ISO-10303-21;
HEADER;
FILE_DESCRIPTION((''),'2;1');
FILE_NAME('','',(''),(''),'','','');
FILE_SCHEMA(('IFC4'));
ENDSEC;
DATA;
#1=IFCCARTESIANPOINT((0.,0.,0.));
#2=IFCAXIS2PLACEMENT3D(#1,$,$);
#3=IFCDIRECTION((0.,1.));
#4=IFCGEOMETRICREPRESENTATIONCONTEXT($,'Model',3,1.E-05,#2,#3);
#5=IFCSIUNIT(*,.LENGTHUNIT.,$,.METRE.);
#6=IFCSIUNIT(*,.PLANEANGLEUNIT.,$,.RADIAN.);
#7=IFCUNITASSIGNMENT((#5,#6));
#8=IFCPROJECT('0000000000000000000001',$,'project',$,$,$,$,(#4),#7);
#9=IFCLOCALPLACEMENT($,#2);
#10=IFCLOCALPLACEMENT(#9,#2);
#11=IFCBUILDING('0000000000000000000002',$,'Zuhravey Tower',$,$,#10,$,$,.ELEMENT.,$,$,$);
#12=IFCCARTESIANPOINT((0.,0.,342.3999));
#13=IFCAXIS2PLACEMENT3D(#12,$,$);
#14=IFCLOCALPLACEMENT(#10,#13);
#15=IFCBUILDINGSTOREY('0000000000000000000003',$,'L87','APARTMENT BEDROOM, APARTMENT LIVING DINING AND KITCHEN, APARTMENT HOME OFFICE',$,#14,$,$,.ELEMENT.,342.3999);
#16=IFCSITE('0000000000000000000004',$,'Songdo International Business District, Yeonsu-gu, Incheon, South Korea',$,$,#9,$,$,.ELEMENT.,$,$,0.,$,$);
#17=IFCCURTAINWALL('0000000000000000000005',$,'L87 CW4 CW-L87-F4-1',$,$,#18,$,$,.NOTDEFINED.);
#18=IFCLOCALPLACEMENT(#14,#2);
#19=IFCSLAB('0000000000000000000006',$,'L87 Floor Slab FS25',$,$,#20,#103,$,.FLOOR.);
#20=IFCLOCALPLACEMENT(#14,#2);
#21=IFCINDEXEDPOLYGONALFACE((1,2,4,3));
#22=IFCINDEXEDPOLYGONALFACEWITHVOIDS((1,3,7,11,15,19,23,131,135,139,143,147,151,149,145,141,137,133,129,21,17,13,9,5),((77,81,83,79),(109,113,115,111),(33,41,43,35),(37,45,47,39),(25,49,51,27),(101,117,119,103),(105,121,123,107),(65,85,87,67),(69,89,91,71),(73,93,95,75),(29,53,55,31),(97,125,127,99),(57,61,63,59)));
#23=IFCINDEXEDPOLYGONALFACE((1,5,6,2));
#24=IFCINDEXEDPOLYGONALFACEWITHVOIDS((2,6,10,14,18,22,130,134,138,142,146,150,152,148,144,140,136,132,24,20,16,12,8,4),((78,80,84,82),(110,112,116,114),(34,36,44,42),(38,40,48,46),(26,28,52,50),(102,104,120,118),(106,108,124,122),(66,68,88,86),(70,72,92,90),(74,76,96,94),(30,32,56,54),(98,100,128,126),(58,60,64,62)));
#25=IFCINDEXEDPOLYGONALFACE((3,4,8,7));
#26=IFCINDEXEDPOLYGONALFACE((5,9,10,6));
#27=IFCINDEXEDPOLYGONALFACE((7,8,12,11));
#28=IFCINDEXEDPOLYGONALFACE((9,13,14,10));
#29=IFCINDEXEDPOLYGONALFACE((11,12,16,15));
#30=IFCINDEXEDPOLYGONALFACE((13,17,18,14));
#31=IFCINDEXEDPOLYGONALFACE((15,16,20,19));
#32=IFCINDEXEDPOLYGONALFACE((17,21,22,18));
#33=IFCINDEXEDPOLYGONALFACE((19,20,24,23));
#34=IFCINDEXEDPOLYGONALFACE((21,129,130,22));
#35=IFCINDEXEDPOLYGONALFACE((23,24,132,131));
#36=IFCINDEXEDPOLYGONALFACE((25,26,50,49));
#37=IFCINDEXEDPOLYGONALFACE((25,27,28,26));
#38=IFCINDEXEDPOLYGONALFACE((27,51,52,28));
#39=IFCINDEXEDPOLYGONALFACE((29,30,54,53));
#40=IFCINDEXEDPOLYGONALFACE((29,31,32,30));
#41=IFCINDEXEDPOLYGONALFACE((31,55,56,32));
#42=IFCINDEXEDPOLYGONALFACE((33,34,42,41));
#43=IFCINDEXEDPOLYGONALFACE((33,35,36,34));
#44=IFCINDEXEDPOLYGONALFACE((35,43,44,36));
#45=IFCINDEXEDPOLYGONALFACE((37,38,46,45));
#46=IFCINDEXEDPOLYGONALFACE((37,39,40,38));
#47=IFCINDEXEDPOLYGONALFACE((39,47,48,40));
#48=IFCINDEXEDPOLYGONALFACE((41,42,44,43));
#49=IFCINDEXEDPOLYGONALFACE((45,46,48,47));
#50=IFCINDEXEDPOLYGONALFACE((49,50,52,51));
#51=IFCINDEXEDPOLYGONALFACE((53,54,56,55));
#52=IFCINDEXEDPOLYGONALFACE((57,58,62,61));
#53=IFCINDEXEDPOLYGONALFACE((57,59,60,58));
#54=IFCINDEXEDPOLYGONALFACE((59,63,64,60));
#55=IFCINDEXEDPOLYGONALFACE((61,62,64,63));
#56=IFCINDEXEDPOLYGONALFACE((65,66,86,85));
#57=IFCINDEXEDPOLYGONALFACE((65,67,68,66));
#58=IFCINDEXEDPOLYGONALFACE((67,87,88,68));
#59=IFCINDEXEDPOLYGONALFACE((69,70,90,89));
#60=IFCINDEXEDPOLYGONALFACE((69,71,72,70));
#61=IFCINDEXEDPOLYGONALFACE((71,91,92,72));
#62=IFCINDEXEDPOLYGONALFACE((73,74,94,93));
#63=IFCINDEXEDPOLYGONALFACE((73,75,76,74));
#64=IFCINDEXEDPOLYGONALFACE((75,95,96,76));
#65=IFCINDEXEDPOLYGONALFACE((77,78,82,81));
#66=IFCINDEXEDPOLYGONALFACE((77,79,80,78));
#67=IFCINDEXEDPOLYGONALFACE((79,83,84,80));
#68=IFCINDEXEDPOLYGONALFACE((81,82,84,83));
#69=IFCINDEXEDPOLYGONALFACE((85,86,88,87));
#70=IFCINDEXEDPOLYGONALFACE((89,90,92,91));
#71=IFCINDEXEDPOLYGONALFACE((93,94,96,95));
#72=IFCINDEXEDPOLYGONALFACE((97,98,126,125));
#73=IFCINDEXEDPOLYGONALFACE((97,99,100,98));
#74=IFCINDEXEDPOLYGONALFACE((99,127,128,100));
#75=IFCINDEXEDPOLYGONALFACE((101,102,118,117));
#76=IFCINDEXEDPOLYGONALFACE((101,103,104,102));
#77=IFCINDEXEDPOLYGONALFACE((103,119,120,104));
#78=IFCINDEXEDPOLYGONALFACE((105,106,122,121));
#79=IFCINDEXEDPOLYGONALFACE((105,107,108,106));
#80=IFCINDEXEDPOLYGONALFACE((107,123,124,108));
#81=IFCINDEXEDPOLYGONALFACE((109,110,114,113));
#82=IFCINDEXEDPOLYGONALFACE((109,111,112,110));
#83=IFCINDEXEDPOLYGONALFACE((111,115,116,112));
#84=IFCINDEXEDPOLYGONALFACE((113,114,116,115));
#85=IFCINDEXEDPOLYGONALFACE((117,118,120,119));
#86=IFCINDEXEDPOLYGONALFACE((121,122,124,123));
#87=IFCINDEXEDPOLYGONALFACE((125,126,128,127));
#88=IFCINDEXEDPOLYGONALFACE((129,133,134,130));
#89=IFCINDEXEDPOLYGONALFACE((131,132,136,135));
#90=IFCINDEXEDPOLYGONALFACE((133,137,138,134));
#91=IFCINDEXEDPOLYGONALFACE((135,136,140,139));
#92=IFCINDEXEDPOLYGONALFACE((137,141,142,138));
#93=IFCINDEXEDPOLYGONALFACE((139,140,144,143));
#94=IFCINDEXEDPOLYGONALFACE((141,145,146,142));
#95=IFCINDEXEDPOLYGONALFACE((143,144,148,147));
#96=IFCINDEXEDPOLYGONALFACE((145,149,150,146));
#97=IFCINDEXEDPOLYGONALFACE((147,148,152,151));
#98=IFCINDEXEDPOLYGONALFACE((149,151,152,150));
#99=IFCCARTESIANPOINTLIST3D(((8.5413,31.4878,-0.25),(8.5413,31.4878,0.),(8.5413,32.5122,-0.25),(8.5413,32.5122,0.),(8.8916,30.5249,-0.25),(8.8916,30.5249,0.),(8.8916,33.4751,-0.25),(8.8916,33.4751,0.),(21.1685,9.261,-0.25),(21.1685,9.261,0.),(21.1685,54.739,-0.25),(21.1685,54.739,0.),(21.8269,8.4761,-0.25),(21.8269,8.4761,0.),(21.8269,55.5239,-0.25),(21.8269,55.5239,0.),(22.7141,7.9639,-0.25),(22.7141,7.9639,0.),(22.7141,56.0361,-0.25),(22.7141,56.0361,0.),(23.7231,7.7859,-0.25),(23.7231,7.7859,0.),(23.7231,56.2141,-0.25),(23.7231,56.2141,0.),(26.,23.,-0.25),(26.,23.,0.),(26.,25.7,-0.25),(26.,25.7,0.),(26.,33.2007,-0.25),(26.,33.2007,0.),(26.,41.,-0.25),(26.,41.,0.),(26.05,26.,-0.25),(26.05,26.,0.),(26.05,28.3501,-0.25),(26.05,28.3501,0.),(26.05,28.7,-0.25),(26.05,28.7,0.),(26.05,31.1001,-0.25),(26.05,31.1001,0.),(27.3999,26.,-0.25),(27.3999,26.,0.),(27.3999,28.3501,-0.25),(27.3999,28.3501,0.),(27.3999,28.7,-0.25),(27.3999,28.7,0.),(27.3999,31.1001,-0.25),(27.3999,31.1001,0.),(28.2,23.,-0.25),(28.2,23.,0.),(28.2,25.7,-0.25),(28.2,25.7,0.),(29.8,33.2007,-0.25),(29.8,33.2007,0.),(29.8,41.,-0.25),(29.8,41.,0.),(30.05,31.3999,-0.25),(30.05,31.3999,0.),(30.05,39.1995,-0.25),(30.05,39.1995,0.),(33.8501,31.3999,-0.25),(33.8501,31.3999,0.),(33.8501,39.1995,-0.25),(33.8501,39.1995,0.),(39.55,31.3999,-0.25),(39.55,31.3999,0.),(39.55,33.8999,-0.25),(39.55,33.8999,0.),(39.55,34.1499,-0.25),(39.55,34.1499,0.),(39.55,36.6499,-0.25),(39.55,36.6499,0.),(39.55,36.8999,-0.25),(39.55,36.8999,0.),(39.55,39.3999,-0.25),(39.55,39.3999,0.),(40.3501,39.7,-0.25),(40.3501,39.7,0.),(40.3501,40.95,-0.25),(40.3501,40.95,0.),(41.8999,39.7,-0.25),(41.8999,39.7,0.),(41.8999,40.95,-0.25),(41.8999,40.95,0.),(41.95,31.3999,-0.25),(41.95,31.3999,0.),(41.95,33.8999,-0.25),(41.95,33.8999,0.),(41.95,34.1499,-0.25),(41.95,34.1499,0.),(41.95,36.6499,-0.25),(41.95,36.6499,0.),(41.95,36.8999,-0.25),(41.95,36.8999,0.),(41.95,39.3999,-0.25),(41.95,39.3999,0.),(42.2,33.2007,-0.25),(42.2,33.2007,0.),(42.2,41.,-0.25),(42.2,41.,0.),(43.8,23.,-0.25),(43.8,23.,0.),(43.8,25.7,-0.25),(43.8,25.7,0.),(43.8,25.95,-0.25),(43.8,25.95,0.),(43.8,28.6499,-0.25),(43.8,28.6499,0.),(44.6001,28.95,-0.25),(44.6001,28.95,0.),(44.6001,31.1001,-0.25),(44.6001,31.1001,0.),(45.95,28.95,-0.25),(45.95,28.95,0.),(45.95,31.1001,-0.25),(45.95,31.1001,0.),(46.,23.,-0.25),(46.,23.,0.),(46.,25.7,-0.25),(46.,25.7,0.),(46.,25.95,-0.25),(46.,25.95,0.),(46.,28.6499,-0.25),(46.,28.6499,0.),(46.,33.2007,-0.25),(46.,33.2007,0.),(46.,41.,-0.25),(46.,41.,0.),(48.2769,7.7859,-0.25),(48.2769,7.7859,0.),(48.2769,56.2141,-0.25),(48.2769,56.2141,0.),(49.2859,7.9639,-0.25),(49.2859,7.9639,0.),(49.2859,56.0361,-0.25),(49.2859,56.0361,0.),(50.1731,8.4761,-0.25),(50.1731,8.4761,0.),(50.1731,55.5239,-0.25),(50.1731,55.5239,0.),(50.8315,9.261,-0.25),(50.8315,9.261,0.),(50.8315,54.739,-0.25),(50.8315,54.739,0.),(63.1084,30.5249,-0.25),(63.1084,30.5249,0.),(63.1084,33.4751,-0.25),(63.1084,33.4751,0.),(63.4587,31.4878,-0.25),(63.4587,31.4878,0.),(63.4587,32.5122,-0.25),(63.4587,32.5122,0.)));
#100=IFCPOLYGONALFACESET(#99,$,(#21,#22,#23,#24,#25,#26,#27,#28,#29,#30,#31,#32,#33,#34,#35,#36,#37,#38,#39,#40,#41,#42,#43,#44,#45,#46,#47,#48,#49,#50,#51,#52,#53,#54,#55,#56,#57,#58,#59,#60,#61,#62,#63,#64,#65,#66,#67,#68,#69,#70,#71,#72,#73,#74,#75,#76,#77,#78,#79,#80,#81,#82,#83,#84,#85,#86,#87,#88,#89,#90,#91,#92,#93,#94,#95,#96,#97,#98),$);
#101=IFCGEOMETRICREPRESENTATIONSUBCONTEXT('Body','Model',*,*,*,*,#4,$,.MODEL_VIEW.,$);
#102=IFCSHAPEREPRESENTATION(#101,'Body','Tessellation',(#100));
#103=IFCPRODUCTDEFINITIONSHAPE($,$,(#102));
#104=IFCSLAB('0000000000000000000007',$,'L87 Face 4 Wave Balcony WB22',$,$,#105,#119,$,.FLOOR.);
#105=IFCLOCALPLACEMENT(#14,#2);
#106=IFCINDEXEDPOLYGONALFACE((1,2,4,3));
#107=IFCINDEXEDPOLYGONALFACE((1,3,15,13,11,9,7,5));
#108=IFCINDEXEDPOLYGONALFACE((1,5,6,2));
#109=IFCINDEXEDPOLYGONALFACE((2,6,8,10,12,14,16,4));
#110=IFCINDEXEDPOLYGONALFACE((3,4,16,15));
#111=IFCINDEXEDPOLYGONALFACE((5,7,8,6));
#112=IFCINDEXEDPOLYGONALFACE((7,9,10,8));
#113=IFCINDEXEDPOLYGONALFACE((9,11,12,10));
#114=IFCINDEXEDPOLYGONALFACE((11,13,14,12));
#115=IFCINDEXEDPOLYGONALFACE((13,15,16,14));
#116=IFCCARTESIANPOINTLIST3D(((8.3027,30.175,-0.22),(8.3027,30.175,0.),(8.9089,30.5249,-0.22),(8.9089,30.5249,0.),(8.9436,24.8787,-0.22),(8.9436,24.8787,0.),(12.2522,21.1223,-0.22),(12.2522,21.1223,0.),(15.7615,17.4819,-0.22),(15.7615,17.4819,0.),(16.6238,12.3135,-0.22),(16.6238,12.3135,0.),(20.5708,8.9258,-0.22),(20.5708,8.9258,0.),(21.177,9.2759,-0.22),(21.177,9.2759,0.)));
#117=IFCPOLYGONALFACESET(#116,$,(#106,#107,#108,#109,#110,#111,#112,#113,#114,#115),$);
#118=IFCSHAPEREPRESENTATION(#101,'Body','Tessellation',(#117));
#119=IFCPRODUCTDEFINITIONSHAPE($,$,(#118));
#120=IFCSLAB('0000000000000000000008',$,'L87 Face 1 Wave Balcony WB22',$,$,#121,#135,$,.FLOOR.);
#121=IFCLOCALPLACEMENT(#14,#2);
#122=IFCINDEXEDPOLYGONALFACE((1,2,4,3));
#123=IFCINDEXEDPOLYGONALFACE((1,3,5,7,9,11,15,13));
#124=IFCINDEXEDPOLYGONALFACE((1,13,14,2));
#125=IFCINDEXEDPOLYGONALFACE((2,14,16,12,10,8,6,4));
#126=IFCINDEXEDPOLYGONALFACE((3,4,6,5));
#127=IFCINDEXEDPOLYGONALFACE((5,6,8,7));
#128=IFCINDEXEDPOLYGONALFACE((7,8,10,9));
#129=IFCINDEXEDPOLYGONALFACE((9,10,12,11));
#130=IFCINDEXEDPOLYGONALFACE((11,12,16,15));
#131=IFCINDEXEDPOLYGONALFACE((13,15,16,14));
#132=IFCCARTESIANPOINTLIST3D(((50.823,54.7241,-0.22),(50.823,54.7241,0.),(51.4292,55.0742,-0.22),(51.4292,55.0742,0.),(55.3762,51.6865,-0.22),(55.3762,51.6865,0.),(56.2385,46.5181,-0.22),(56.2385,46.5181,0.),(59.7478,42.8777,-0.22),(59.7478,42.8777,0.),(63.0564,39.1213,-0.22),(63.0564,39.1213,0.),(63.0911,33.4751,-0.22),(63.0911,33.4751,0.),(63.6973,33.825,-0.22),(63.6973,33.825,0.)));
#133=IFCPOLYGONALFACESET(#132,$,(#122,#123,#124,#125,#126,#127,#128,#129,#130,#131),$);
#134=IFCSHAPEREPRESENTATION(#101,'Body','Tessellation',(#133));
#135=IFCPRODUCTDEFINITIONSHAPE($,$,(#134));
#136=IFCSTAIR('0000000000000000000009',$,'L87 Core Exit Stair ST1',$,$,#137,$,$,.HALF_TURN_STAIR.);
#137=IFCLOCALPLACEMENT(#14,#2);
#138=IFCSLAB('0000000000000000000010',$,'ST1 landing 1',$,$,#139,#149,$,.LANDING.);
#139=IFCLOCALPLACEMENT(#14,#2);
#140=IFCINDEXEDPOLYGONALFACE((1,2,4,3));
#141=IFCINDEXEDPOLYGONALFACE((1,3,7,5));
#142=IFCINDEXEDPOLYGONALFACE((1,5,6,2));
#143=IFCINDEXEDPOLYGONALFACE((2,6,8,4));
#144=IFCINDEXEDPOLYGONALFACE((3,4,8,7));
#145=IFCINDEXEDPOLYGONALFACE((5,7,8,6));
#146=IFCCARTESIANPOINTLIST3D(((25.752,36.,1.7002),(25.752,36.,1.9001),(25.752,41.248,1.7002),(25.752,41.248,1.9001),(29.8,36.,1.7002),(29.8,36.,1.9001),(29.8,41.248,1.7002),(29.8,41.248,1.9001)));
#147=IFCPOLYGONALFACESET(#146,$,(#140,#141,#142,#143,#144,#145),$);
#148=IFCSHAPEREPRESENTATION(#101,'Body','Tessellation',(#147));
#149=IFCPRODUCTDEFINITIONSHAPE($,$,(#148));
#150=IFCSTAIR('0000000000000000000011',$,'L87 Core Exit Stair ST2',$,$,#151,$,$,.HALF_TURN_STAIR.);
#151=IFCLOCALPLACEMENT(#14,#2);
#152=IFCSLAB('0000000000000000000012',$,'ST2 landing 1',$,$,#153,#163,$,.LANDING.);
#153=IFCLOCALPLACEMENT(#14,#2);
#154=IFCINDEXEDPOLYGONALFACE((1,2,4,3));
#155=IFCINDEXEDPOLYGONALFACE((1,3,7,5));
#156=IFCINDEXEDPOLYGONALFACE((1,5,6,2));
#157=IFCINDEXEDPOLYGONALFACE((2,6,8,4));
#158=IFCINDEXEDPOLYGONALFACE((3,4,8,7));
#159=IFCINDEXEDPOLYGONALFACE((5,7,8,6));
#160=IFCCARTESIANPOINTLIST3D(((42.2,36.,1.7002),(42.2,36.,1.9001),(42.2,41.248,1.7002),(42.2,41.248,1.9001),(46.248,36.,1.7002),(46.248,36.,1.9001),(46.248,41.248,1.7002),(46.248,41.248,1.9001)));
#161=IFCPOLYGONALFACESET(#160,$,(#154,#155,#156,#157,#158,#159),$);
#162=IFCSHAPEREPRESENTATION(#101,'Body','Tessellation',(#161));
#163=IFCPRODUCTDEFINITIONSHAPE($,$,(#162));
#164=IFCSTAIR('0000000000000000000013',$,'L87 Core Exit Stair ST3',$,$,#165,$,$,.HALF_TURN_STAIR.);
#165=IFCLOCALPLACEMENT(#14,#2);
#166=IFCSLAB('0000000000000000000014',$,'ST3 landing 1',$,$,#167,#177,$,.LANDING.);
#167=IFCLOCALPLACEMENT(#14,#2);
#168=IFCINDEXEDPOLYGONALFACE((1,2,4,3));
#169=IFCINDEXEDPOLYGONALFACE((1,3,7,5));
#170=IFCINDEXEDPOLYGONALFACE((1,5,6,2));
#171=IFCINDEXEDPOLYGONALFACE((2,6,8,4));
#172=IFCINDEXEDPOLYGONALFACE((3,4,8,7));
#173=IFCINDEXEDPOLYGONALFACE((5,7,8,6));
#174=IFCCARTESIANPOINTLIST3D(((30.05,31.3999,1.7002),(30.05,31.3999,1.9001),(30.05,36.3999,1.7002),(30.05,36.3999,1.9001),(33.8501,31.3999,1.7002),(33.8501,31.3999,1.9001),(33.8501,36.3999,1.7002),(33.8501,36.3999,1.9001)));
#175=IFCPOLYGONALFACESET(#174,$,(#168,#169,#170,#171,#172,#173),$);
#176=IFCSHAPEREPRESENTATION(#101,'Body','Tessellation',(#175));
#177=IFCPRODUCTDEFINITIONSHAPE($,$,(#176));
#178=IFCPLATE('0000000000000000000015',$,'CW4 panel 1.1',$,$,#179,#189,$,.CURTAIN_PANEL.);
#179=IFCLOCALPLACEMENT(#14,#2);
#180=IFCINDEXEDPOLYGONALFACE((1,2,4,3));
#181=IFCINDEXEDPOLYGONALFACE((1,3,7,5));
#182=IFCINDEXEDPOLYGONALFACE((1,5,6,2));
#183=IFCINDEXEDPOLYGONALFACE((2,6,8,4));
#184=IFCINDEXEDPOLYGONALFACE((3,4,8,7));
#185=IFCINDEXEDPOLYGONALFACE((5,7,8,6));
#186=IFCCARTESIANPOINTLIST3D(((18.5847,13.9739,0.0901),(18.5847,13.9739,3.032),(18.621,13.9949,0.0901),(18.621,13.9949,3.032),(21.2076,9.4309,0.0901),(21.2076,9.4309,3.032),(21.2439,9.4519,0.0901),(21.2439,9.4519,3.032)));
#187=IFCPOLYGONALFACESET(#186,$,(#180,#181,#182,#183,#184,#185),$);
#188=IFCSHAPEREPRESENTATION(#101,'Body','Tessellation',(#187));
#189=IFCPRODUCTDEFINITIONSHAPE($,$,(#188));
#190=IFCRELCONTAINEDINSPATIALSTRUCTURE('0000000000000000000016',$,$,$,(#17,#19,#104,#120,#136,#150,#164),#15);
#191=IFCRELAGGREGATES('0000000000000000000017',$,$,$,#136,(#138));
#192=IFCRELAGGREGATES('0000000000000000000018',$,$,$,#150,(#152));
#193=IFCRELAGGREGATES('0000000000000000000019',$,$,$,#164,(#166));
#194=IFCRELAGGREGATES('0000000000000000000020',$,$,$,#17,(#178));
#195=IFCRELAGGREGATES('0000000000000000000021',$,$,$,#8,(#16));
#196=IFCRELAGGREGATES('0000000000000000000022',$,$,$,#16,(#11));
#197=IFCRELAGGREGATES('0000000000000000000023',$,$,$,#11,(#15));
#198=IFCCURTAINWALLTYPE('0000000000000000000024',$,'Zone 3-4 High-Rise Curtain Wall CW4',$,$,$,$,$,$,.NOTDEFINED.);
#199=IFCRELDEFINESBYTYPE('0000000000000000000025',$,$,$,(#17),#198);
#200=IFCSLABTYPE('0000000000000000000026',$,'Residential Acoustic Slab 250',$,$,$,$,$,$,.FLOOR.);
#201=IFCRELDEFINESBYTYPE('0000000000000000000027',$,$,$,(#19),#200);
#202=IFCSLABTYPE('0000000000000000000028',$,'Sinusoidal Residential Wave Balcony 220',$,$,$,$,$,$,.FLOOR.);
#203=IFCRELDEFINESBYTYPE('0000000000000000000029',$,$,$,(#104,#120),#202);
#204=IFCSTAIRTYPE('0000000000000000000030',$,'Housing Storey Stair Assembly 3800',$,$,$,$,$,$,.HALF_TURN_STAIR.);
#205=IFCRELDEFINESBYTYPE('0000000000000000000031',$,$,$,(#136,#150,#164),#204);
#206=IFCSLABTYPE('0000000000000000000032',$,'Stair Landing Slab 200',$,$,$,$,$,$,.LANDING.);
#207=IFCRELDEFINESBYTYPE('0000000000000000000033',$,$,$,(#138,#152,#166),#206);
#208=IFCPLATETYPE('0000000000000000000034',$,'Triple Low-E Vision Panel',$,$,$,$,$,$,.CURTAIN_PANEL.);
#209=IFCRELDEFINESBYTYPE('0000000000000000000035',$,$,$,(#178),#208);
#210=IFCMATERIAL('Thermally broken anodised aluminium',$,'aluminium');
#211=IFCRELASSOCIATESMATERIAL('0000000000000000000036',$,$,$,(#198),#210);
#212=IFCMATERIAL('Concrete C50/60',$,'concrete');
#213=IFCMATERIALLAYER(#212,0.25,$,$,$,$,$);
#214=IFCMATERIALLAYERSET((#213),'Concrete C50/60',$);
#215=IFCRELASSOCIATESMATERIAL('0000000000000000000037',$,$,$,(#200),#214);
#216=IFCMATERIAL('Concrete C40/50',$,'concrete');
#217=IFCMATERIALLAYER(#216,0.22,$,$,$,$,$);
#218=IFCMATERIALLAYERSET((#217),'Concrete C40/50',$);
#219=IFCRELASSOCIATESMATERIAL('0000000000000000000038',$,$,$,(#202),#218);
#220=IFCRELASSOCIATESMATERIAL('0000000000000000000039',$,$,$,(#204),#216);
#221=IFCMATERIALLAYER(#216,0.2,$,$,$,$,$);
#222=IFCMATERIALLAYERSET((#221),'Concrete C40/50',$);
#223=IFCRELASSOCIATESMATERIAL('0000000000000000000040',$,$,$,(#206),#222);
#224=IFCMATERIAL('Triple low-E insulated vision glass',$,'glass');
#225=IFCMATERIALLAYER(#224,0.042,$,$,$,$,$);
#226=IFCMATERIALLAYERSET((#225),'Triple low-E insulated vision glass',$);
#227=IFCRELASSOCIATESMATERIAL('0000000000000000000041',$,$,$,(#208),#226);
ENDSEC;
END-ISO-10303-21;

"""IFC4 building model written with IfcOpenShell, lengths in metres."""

from ifc_helpers import new_model, si_unit, direction, frame, origin, origin_2d, place, context, subcontext, project, spatial, polyline, rectangle, outline, extrude, material, layer, layer_set, type_object, element, aggregate, save


model = new_model("IFC4")

# Units and contexts
model_context = context("Model", 3, precision=1e-05, world=origin(), true_north=direction((0.0, 1.0)))
body_context = subcontext(model_context, "Body", "Model", "MODEL_VIEW")
ifc_project = project(units=[si_unit("LENGTHUNIT", "METRE"), si_unit("PLANEANGLEUNIT", "RADIAN")], contexts=[model_context])

# Site, building, storey
site_placement = place(None, origin())
site = spatial("IfcSite", under=ifc_project, at=site_placement, Name="Songdo International Business District, Yeonsu-gu, Incheon, South Korea", CompositionType="ELEMENT", RefElevation=0.0)
building_placement = place(site_placement, origin())
building = spatial("IfcBuilding", under=site, at=building_placement, Name="Zuhravey Tower", CompositionType="ELEMENT")
storey_placement = place(building_placement, frame((0.0, 0.0, 342.3999)))
storey = spatial("IfcBuildingStorey", under=building, at=storey_placement, Name="L87", Description="APARTMENT BEDROOM, APARTMENT LIVING DINING AND KITCHEN, APARTMENT HOME OFFICE", CompositionType="ELEMENT", Elevation=342.3999)

# Shared definitions
ifc_material_1 = material(Name="Concrete C50/60", Category="concrete")

# Curtain wall
ifc_material_2 = material(Name="Thermally broken anodised aluminium", Category="aluminium")
curtain_wall_type = type_object("IfcCurtainWallType", Name="Zone 3-4 High-Rise Curtain Wall CW4", PredefinedType="NOTDEFINED", material=ifc_material_2)
curtain_wall_placement = place(storey_placement, origin())
curtain_wall = element("IfcCurtainWall", 1, at=curtain_wall_placement, inside=storey, type_object=curtain_wall_type, Name="L87 CW4 CW-L87-F4-1", PredefinedType="NOTDEFINED")

# Slabs
ifc_layer_1 = layer(ifc_material_1, 0.25)
ifc_layer_set_1 = layer_set([ifc_layer_1], Name="Concrete C50/60")
slab_type_1 = type_object("IfcSlabType", Name="Residential Acoustic Slab 250", PredefinedType="FLOOR", material=ifc_layer_set_1)
slab_1_placement = place(storey_placement, frame((0.0, 0.0, -0.25)))
element("IfcSlab", 2, at=slab_1_placement, inside=storey, type_object=slab_type_1, Name="L87 Floor Slab FS25", PredefinedType="FLOOR", context=body_context, shape_type="SweptSolid", body=[
    extrude(outline(polyline([(63.1084, 30.5249), (63.4587, 31.4878), (63.4587, 32.5122), (63.1084, 33.4751), (50.8315, 54.739), (50.1731, 55.5239), (49.2859, 56.0361), (48.2769, 56.2141), (23.7231, 56.2141), (22.7141, 56.0361), (21.8269, 55.5239), (21.1685, 54.739), (8.8916, 33.4751), (8.5413, 32.5122), (8.5413, 31.4878), (8.8916, 30.5249), (21.1685, 9.261), (21.8269, 8.4761), (22.7141, 7.9639), (23.7231, 7.7859), (48.2769, 7.7859), (49.2859, 7.9639), (50.1731, 8.4761), (50.8315, 9.261), (63.1084, 30.5249)]), holes=[polyline([(29.8, 33.2007), (29.8, 41.0), (26.0, 41.0), (26.0, 33.2007), (29.8, 33.2007)]), polyline([(46.0, 33.2007), (46.0, 41.0), (42.2, 41.0), (42.2, 33.2007), (46.0, 33.2007)]), polyline([(30.05, 39.1995), (30.05, 31.3999), (33.8501, 31.3999), (33.8501, 39.1995), (30.05, 39.1995)]), polyline([(39.55, 31.3999), (41.95, 31.3999), (41.95, 33.8999), (39.55, 33.8999), (39.55, 31.3999)]), polyline([(39.55, 34.1499), (41.95, 34.1499), (41.95, 36.6499), (39.55, 36.6499), (39.55, 34.1499)]), polyline([(39.55, 36.8999), (41.95, 36.8999), (41.95, 39.3999), (39.55, 39.3999), (39.55, 36.8999)]), polyline([(26.0, 23.0), (28.2, 23.0), (28.2, 25.7), (26.0, 25.7), (26.0, 23.0)]), polyline([(43.8, 23.0), (46.0, 23.0), (46.0, 25.7), (43.8, 25.7), (43.8, 23.0)]), polyline([(43.8, 25.95), (46.0, 25.95), (46.0, 28.6499), (43.8, 28.6499), (43.8, 25.95)]), polyline([(26.05, 26.0), (27.3999, 26.0), (27.3999, 28.3501), (26.05, 28.3501), (26.05, 26.0)]), polyline([(26.05, 28.7), (27.3999, 28.7), (27.3999, 31.1001), (26.05, 31.1001), (26.05, 28.7)]), polyline([(44.6001, 28.95), (45.95, 28.95), (45.95, 31.1001), (44.6001, 31.1001), (44.6001, 28.95)]), polyline([(40.3501, 39.7), (41.8999, 39.7), (41.8999, 40.95), (40.3501, 40.95), (40.3501, 39.7)])]), origin(), (0.0, 0.0, 1.0), 0.25),
])
ifc_material_3 = material(Name="Concrete C40/50", Category="concrete")
ifc_layer_2 = layer(ifc_material_3, 0.22)
ifc_layer_set_2 = layer_set([ifc_layer_2], Name="Concrete C40/50")
slab_type_2 = type_object("IfcSlabType", Name="Sinusoidal Residential Wave Balcony 220", PredefinedType="FLOOR", material=ifc_layer_set_2)
slab_2_placement = place(storey_placement, frame((0.0, 0.0, -0.22)))
element("IfcSlab", 3, at=slab_2_placement, inside=storey, type_object=slab_type_2, Name="L87 Face 4 Wave Balcony WB22", PredefinedType="FLOOR", context=body_context, shape_type="SweptSolid", body=[
    extrude(outline(polyline([(8.9089, 30.5249), (21.177, 9.2759), (20.5708, 8.9258), (16.6238, 12.3135), (15.7615, 17.4819), (12.2522, 21.1223), (8.9436, 24.8787), (8.3027, 30.175), (8.9089, 30.5249)])), origin(), (0.0, 0.0, 1.0), 0.22),
])
slab_3_placement = place(storey_placement, frame((0.0, 0.0, -0.22)))
element("IfcSlab", 4, at=slab_3_placement, inside=storey, type_object=slab_type_2, Name="L87 Face 1 Wave Balcony WB22", PredefinedType="FLOOR", context=body_context, shape_type="SweptSolid", body=[
    extrude(outline(polyline([(63.0911, 33.4751), (50.823, 54.7241), (51.4292, 55.0742), (55.3762, 51.6865), (56.2385, 46.5181), (59.7478, 42.8777), (63.0564, 39.1213), (63.6973, 33.825), (63.0911, 33.4751)])), origin(), (0.0, 0.0, 1.0), 0.22),
])

# Stairs, slabs
stair_type = type_object("IfcStairType", Name="Housing Storey Stair Assembly 3800", PredefinedType="HALF_TURN_STAIR", material=ifc_material_3)
stair_1_placement = place(storey_placement, origin())
stair_1 = element("IfcStair", 5, at=stair_1_placement, inside=storey, type_object=stair_type, Name="L87 Core Exit Stair ST1", PredefinedType="HALF_TURN_STAIR")
ifc_layer_3 = layer(ifc_material_3, 0.2)
ifc_layer_set_3 = layer_set([ifc_layer_3], Name="Concrete C40/50")
slab_type_3 = type_object("IfcSlabType", Name="Stair Landing Slab 200", PredefinedType="LANDING", material=ifc_layer_set_3)
slab_4_placement = place(storey_placement, frame((0.0, 0.0, 1.7002)))
slab_4 = element("IfcSlab", 6, at=slab_4_placement, type_object=slab_type_3, Name="ST1 landing 1", PredefinedType="LANDING", context=body_context, shape_type="SweptSolid", body=[
    extrude(outline(polyline([(29.8, 36.0), (29.8, 41.248), (25.752, 41.248), (25.752, 36.0), (29.8, 36.0)])), origin(), (0.0, 0.0, 1.0), 0.2),
])
aggregate(stair_1, [slab_4])
stair_2_placement = place(storey_placement, origin())
stair_2 = element("IfcStair", 7, at=stair_2_placement, inside=storey, type_object=stair_type, Name="L87 Core Exit Stair ST2", PredefinedType="HALF_TURN_STAIR")
slab_5_placement = place(storey_placement, frame((0.0, 0.0, 1.7002)))
slab_5 = element("IfcSlab", 8, at=slab_5_placement, type_object=slab_type_3, Name="ST2 landing 1", PredefinedType="LANDING", context=body_context, shape_type="SweptSolid", body=[
    extrude(outline(polyline([(46.248, 36.0), (46.248, 41.248), (42.2, 41.248), (42.2, 36.0), (46.248, 36.0)])), origin(), (0.0, 0.0, 1.0), 0.2),
])
aggregate(stair_2, [slab_5])
stair_3_placement = place(storey_placement, origin())
stair_3 = element("IfcStair", 9, at=stair_3_placement, inside=storey, type_object=stair_type, Name="L87 Core Exit Stair ST3", PredefinedType="HALF_TURN_STAIR")
slab_6_placement = place(storey_placement, frame((0.0, 0.0, 1.7002)))
slab_6 = element("IfcSlab", 10, at=slab_6_placement, type_object=slab_type_3, Name="ST3 landing 1", PredefinedType="LANDING", context=body_context, shape_type="SweptSolid", body=[
    extrude(outline(polyline([(30.05, 36.3999), (30.05, 31.3999), (33.8501, 31.3999), (33.8501, 36.3999), (30.05, 36.3999)])), origin(), (0.0, 0.0, 1.0), 0.2),
])
aggregate(stair_3, [slab_6])

# Plate
ifc_material_4 = material(Name="Triple low-E insulated vision glass", Category="glass")
ifc_layer_4 = layer(ifc_material_4, 0.042)
ifc_layer_set_4 = layer_set([ifc_layer_4], Name="Triple low-E insulated vision glass")
plate_type = type_object("IfcPlateType", Name="Triple Low-E Vision Panel", PredefinedType="CURTAIN_PANEL", material=ifc_layer_set_4)
plate_1_placement = place(storey_placement, frame((19.9143, 11.7129, 0.0901), z_axis=(0.0, 0.0, 1.0), x_axis=(-0.499999, 0.866026, 0.0)))
plate_1 = element("IfcPlate", 11, at=plate_1_placement, type_object=plate_type, Name="CW4 panel 1.1", PredefinedType="CURTAIN_PANEL", context=body_context, shape_type="SweptSolid", body=[
    extrude(rectangle(XDim=5.2458, YDim=0.042, at=origin_2d()), origin(), (0.0, 0.0, 1.0), 2.9419),
])
aggregate(curtain_wall, [plate_1])

save(model, "model.ifc")
